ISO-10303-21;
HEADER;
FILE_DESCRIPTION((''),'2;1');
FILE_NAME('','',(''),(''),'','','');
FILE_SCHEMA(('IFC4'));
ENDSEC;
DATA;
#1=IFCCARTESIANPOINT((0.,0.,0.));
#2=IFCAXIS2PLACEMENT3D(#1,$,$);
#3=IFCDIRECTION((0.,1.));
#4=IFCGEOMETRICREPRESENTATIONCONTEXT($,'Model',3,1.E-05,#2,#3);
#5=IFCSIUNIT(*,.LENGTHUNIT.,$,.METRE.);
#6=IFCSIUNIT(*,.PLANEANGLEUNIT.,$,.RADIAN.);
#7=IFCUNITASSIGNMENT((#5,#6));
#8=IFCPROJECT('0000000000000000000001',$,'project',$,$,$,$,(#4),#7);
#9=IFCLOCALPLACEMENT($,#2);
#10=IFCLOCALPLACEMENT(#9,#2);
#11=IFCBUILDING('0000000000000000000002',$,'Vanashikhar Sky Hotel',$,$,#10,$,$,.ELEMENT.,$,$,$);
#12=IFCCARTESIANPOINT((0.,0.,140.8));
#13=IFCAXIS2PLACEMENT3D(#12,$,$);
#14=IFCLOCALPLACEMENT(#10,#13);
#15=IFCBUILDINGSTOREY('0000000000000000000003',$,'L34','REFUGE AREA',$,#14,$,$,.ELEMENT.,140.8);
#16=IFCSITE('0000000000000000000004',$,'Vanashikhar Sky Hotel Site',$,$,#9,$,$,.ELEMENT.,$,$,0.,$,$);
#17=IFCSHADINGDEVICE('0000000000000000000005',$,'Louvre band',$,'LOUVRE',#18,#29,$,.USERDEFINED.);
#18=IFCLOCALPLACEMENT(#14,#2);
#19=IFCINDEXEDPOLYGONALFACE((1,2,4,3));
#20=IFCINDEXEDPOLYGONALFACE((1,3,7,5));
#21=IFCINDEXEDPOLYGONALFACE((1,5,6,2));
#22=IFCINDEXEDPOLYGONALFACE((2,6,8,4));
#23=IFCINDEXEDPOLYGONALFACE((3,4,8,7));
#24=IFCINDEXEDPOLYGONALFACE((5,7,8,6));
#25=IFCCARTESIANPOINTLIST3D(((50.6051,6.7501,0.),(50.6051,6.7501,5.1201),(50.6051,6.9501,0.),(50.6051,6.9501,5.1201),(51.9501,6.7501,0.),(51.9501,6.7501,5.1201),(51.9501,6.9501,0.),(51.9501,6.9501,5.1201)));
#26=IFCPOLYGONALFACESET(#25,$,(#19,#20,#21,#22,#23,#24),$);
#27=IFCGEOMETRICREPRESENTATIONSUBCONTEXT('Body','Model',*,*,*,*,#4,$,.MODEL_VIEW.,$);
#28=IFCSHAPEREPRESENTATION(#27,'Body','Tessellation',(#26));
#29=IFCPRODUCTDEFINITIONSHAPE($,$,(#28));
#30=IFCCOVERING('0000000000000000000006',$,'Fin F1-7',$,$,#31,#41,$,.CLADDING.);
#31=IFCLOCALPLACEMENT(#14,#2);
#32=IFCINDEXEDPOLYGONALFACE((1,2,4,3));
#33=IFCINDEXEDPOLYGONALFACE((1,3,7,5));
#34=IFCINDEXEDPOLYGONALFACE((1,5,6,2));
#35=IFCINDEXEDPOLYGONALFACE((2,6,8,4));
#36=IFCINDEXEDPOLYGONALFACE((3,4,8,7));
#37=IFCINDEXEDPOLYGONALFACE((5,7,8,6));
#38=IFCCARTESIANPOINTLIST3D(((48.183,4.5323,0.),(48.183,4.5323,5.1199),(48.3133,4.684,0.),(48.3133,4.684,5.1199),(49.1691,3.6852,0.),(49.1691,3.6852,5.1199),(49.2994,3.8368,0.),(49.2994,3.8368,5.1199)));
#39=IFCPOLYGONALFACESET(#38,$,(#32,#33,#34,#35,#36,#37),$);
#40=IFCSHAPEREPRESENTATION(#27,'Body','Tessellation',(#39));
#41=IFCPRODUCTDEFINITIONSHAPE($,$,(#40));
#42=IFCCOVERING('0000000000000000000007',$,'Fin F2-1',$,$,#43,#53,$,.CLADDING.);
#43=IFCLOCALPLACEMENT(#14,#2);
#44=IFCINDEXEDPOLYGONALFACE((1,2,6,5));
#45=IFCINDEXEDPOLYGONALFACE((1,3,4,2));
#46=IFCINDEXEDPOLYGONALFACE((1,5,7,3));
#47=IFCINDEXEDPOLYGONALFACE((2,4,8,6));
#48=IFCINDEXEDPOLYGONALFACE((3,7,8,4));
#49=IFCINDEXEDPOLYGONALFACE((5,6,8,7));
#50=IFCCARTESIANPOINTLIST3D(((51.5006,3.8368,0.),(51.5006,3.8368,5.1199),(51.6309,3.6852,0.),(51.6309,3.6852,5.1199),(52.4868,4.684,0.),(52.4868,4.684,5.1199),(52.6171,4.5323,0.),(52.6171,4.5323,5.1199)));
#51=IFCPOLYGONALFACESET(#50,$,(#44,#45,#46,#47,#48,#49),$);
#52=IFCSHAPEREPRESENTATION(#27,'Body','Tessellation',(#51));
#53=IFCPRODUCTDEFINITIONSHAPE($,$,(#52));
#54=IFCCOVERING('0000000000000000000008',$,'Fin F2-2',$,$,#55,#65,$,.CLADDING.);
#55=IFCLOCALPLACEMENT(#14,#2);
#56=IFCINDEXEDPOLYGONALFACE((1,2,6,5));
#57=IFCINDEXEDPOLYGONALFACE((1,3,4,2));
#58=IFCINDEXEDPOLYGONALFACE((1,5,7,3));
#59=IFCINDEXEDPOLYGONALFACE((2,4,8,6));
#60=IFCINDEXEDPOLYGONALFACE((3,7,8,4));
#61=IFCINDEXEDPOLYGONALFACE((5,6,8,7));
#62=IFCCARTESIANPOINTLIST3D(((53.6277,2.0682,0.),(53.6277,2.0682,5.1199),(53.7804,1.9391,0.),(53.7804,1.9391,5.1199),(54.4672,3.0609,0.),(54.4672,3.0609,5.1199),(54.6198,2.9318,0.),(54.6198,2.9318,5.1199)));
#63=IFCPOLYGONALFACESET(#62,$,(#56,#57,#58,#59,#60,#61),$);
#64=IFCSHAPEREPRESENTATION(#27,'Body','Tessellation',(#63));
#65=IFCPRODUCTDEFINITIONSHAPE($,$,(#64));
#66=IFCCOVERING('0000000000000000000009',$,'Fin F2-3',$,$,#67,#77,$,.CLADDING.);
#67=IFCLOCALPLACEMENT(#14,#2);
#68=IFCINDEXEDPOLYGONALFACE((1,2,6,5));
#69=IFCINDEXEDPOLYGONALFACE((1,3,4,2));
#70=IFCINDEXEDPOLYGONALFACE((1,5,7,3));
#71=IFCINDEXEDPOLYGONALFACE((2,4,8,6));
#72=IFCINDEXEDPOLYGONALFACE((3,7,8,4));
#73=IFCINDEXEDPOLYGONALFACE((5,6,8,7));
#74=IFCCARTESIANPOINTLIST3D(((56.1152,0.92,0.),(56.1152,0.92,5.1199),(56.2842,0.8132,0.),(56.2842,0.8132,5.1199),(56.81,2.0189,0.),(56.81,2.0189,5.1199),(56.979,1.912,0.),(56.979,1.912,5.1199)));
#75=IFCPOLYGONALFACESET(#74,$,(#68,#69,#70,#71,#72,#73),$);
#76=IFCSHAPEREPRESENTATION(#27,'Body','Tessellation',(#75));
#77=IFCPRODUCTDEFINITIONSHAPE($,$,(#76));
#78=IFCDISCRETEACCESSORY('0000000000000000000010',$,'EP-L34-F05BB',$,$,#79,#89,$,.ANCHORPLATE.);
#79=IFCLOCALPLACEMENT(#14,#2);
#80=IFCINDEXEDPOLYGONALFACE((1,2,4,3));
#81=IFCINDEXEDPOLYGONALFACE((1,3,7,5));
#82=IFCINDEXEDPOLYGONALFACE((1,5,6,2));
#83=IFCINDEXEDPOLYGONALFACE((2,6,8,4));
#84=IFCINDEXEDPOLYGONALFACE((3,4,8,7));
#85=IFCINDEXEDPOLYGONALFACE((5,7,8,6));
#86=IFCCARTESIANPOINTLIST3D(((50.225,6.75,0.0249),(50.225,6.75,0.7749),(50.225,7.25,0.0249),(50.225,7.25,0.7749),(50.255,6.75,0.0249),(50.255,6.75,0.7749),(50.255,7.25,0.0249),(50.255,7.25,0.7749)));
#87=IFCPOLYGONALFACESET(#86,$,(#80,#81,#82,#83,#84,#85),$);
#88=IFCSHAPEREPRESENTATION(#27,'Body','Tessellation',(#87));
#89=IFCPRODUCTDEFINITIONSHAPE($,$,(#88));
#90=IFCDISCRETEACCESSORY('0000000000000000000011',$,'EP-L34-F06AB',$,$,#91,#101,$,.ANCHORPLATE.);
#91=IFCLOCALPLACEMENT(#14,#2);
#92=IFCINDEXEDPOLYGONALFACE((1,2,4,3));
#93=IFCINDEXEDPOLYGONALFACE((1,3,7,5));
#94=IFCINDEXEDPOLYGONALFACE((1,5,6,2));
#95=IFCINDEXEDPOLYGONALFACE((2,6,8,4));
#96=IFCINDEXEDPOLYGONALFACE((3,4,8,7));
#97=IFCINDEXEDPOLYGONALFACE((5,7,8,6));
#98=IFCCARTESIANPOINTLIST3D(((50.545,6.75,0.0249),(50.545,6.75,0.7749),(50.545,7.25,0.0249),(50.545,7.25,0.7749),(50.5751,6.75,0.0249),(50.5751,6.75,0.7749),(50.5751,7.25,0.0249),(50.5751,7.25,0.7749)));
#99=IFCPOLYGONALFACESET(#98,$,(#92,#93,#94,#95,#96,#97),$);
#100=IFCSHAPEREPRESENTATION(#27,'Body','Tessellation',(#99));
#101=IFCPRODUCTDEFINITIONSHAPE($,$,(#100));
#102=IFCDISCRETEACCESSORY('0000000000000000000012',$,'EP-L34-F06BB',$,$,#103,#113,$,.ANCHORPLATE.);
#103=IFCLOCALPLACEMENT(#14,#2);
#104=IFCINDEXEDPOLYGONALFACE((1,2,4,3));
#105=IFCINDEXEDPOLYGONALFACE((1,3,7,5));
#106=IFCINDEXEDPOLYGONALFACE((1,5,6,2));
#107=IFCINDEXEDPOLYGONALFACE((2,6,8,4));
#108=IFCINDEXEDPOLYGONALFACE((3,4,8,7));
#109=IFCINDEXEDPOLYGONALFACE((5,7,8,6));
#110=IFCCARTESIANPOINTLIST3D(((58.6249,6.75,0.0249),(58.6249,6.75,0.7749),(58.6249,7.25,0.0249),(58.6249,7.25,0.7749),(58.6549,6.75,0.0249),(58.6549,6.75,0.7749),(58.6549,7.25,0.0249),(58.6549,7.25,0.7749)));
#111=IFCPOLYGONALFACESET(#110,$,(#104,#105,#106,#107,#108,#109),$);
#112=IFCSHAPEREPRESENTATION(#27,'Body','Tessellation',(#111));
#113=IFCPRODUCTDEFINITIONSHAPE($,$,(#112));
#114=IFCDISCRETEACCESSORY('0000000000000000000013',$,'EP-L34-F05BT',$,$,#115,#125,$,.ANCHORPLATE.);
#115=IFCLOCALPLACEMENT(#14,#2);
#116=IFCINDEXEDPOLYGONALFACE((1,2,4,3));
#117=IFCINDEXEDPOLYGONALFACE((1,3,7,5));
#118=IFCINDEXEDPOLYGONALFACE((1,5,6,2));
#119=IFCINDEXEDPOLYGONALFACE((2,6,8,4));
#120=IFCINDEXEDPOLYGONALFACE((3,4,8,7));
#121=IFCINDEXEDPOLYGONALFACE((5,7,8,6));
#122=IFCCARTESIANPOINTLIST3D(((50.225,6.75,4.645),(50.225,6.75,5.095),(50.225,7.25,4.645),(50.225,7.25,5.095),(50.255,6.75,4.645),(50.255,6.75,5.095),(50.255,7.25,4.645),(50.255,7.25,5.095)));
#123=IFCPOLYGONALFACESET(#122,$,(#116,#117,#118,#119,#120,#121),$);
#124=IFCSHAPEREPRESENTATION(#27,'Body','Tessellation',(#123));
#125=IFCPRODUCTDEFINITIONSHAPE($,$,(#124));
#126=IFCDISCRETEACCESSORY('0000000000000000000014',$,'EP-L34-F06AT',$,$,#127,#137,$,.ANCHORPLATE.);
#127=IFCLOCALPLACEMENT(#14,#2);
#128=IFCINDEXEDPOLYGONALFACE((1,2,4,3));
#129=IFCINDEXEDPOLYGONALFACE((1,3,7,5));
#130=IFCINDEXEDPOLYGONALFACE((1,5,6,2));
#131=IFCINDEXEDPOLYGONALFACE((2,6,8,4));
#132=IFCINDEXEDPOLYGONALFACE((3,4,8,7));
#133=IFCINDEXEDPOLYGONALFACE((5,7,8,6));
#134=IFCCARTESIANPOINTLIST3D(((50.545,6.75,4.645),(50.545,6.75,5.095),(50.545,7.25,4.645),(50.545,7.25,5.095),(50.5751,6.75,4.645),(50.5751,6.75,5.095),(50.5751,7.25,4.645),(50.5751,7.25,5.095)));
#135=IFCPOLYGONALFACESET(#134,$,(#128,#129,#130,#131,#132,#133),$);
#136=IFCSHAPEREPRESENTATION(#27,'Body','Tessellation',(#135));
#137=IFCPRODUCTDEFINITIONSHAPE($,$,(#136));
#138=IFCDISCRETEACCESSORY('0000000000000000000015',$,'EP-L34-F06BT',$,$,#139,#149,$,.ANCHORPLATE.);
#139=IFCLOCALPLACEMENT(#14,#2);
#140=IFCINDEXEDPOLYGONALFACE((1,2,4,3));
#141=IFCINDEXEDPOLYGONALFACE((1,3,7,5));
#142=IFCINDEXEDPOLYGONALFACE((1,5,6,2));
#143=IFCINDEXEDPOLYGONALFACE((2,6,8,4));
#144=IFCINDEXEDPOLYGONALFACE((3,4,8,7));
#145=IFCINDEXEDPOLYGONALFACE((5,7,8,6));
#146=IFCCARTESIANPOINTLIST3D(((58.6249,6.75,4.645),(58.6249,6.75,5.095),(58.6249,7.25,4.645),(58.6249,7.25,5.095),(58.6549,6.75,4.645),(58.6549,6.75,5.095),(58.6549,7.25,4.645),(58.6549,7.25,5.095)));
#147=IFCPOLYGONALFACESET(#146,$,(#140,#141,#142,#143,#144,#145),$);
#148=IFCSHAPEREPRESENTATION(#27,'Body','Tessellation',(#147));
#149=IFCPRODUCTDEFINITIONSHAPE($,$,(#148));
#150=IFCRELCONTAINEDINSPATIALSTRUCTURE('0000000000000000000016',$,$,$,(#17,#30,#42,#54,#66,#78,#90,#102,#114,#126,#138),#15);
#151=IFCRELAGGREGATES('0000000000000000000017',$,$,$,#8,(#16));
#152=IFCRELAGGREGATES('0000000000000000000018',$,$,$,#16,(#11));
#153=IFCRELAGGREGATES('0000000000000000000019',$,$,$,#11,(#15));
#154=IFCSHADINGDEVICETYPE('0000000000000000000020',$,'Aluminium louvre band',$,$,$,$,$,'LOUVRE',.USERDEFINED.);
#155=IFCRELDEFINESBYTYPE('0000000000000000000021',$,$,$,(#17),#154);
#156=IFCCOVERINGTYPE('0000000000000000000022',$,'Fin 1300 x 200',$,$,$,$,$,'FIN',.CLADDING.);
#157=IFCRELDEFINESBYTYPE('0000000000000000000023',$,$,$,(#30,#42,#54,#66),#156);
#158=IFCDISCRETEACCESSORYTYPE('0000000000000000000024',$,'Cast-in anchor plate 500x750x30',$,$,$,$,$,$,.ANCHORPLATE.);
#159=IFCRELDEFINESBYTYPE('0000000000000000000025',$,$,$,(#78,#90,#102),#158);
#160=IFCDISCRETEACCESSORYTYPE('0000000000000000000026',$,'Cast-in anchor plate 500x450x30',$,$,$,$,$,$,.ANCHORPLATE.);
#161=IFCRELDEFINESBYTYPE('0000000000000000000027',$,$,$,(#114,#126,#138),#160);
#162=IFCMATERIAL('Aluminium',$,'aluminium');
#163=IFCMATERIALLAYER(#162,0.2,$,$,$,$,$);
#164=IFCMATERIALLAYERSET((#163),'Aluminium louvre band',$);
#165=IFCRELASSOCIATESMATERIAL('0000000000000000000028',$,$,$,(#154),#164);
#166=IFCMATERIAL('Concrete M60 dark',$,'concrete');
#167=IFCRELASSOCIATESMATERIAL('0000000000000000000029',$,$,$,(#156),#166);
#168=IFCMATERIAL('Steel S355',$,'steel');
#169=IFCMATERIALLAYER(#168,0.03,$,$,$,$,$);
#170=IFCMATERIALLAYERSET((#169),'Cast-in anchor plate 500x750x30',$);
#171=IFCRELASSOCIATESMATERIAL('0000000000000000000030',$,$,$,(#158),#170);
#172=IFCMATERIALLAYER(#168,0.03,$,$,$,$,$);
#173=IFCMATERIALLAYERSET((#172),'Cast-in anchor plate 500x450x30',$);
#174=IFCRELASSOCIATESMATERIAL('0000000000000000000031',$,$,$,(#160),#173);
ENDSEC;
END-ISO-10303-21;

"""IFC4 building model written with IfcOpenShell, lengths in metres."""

from ifc_helpers import new_model, si_unit, direction, frame, origin, origin_2d, place, context, subcontext, project, spatial, rectangle, extrude, source, transform, mapped, material, layer, layer_set, material_profile, profile_set, type_object, element, save


model = new_model("IFC4")

# Units and contexts
model_context = context("Model", 3, precision=1e-05, world=origin(), true_north=direction((0.0, 1.0)))
body_context = subcontext(model_context, "Body", "Model", "MODEL_VIEW")
ifc_project = project(units=[si_unit("LENGTHUNIT", "METRE"), si_unit("PLANEANGLEUNIT", "RADIAN")], contexts=[model_context])

# Site, building, storey
site_placement = place(None, origin())
site = spatial("IfcSite", under=ifc_project, at=site_placement, Name="Vanashikhar Sky Hotel Site", CompositionType="ELEMENT", RefElevation=0.0)
building_placement = place(site_placement, origin())
building = spatial("IfcBuilding", under=site, at=building_placement, Name="Vanashikhar Sky Hotel", CompositionType="ELEMENT")
storey_placement = place(building_placement, frame((0.0, 0.0, 140.8)))
storey = spatial("IfcBuildingStorey", under=building, at=storey_placement, Name="L34", Description="REFUGE AREA", CompositionType="ELEMENT", Elevation=140.8)

# Shared definitions
ifc_material_1 = material(Name="Steel S355", Category="steel")

# Shared definitions
ifc_material_2 = material(Name="Aluminium", Category="aluminium")
ifc_layer_1 = layer(ifc_material_2, 0.2)
ifc_layer_set_1 = layer_set([ifc_layer_1], Name="Aluminium louvre band")
shading_device_type = type_object("IfcShadingDeviceType", Name="Aluminium louvre band", ElementType="LOUVRE", PredefinedType="USERDEFINED", material=ifc_layer_set_1)

# Shading device
shared_shape_1 = source(origin(), body_context, "Body", "SweptSolid", [
    extrude(rectangle(XDim=1.345, YDim=0.2, at=origin_2d()), origin(), (0.0, 0.0, 1.0), 5.1201),
])
for number, where, z_axis, x_axis, name in (
    (1, (51.2776, 6.8501, 0.0), (0.0, 0.0, 1.0), (1.0, 0.0, 0.0), "Louvre band"),
):
    element("IfcShadingDevice", number, at=place(storey_placement, frame(where, z_axis=z_axis, x_axis=x_axis)), inside=storey, type_object=shading_device_type, Name=name, ObjectType="LOUVRE", PredefinedType="USERDEFINED", context=body_context, shape_type="MappedRepresentation", body=[
        mapped(shared_shape_1, transform((0.0, 0.0, 0.0), scale=1.0)),
    ])

# Coverings
ifc_material_3 = material(Name="Concrete M60 dark", Category="concrete")
ifc_material_profile_1 = material_profile(ifc_material_3, rectangle(XDim=1.3, YDim=0.2, at=origin_2d()))
ifc_profile_set_1 = profile_set([ifc_material_profile_1], Name="Fin 1300 x 200")
covering_type_1 = type_object("IfcCoveringType", Name="Fin 1300 x 200", ElementType="FIN", PredefinedType="CLADDING", material=ifc_profile_set_1)
shared_shape_2 = source(origin(), body_context, "Body", "SweptSolid", [
    extrude(rectangle(XDim=1.3, YDim=0.2, at=origin_2d()), origin(), (0.0, 0.0, 1.0), 5.1199),
])
for number, where, z_axis, x_axis, name in (
    (2, (48.7412, 4.1846, 0.0), (0.0, 0.0, 1.0), (0.758544, -0.651622, 0.0), "Fin F1-7"),
    (3, (52.0588, 4.1846, 0.0), (0.0, 0.0, 1.0), (-0.758544, -0.651622, 0.0), "Fin F2-1"),
    (4, (54.1238, 2.5, 0.0), (0.0, 0.0, 1.0), (-0.645698, -0.763593, 0.0), "Fin F2-2"),
    (5, (56.5471, 1.416, 0.0), (0.0, 0.0, 1.0), (-0.534411, -0.845225, 0.0), "Fin F2-3"),
):
    element("IfcCovering", number, at=place(storey_placement, frame(where, z_axis=z_axis, x_axis=x_axis)), inside=storey, type_object=covering_type_1, Name=name, PredefinedType="CLADDING", context=body_context, shape_type="MappedRepresentation", body=[
        mapped(shared_shape_2, transform((0.0, 0.0, 0.0), scale=1.0)),
    ])

# Discrete accessories
ifc_layer_2 = layer(ifc_material_1, 0.03)
ifc_layer_set_2 = layer_set([ifc_layer_2], Name="Cast-in anchor plate 500x750x30")
discrete_accessory_type_1 = type_object("IfcDiscreteAccessoryType", Name="Cast-in anchor plate 500x750x30", PredefinedType="ANCHORPLATE", material=ifc_layer_set_2)
shared_shape_3 = source(origin(), body_context, "Body", "SweptSolid", [
    extrude(rectangle(XDim=0.03, YDim=0.5, at=origin_2d()), origin(), (0.0, 0.0, 1.0), 0.75),
])
for number, where, z_axis, x_axis, name in (
    (6, (50.24, 7.0, 0.0249), (0.0, 0.0, 1.0), (1.0, 0.0, 0.0), "EP-L34-F05BB"),
    (7, (50.5601, 7.0, 0.0249), (0.0, 0.0, 1.0), (1.0, 0.0, 0.0), "EP-L34-F06AB"),
    (8, (58.6399, 7.0, 0.0249), (0.0, 0.0, 1.0), (1.0, 0.0, 0.0), "EP-L34-F06BB"),
):
    element("IfcDiscreteAccessory", number, at=place(storey_placement, frame(where, z_axis=z_axis, x_axis=x_axis)), inside=storey, type_object=discrete_accessory_type_1, Name=name, PredefinedType="ANCHORPLATE", context=body_context, shape_type="MappedRepresentation", body=[
        mapped(shared_shape_3, transform((0.0, 0.0, 0.0), scale=1.0)),
    ])
ifc_layer_3 = layer(ifc_material_1, 0.03)
ifc_layer_set_3 = layer_set([ifc_layer_3], Name="Cast-in anchor plate 500x450x30")
discrete_accessory_type_2 = type_object("IfcDiscreteAccessoryType", Name="Cast-in anchor plate 500x450x30", PredefinedType="ANCHORPLATE", material=ifc_layer_set_3)
shared_shape_4 = source(origin(), body_context, "Body", "SweptSolid", [
    extrude(rectangle(XDim=0.03, YDim=0.5, at=origin_2d()), origin(), (0.0, 0.0, 1.0), 0.45),
])
for number, where, z_axis, x_axis, name in (
    (9, (50.24, 7.0, 4.645), (0.0, 0.0, 1.0), (1.0, 0.0, 0.0), "EP-L34-F05BT"),
    (10, (50.5601, 7.0, 4.645), (0.0, 0.0, 1.0), (1.0, 0.0, 0.0), "EP-L34-F06AT"),
    (11, (58.6399, 7.0, 4.645), (0.0, 0.0, 1.0), (1.0, 0.0, 0.0), "EP-L34-F06BT"),
):
    element("IfcDiscreteAccessory", number, at=place(storey_placement, frame(where, z_axis=z_axis, x_axis=x_axis)), inside=storey, type_object=discrete_accessory_type_2, Name=name, PredefinedType="ANCHORPLATE", context=body_context, shape_type="MappedRepresentation", body=[
        mapped(shared_shape_4, transform((0.0, 0.0, 0.0), scale=1.0)),
    ])

save(model, "model.ifc")
